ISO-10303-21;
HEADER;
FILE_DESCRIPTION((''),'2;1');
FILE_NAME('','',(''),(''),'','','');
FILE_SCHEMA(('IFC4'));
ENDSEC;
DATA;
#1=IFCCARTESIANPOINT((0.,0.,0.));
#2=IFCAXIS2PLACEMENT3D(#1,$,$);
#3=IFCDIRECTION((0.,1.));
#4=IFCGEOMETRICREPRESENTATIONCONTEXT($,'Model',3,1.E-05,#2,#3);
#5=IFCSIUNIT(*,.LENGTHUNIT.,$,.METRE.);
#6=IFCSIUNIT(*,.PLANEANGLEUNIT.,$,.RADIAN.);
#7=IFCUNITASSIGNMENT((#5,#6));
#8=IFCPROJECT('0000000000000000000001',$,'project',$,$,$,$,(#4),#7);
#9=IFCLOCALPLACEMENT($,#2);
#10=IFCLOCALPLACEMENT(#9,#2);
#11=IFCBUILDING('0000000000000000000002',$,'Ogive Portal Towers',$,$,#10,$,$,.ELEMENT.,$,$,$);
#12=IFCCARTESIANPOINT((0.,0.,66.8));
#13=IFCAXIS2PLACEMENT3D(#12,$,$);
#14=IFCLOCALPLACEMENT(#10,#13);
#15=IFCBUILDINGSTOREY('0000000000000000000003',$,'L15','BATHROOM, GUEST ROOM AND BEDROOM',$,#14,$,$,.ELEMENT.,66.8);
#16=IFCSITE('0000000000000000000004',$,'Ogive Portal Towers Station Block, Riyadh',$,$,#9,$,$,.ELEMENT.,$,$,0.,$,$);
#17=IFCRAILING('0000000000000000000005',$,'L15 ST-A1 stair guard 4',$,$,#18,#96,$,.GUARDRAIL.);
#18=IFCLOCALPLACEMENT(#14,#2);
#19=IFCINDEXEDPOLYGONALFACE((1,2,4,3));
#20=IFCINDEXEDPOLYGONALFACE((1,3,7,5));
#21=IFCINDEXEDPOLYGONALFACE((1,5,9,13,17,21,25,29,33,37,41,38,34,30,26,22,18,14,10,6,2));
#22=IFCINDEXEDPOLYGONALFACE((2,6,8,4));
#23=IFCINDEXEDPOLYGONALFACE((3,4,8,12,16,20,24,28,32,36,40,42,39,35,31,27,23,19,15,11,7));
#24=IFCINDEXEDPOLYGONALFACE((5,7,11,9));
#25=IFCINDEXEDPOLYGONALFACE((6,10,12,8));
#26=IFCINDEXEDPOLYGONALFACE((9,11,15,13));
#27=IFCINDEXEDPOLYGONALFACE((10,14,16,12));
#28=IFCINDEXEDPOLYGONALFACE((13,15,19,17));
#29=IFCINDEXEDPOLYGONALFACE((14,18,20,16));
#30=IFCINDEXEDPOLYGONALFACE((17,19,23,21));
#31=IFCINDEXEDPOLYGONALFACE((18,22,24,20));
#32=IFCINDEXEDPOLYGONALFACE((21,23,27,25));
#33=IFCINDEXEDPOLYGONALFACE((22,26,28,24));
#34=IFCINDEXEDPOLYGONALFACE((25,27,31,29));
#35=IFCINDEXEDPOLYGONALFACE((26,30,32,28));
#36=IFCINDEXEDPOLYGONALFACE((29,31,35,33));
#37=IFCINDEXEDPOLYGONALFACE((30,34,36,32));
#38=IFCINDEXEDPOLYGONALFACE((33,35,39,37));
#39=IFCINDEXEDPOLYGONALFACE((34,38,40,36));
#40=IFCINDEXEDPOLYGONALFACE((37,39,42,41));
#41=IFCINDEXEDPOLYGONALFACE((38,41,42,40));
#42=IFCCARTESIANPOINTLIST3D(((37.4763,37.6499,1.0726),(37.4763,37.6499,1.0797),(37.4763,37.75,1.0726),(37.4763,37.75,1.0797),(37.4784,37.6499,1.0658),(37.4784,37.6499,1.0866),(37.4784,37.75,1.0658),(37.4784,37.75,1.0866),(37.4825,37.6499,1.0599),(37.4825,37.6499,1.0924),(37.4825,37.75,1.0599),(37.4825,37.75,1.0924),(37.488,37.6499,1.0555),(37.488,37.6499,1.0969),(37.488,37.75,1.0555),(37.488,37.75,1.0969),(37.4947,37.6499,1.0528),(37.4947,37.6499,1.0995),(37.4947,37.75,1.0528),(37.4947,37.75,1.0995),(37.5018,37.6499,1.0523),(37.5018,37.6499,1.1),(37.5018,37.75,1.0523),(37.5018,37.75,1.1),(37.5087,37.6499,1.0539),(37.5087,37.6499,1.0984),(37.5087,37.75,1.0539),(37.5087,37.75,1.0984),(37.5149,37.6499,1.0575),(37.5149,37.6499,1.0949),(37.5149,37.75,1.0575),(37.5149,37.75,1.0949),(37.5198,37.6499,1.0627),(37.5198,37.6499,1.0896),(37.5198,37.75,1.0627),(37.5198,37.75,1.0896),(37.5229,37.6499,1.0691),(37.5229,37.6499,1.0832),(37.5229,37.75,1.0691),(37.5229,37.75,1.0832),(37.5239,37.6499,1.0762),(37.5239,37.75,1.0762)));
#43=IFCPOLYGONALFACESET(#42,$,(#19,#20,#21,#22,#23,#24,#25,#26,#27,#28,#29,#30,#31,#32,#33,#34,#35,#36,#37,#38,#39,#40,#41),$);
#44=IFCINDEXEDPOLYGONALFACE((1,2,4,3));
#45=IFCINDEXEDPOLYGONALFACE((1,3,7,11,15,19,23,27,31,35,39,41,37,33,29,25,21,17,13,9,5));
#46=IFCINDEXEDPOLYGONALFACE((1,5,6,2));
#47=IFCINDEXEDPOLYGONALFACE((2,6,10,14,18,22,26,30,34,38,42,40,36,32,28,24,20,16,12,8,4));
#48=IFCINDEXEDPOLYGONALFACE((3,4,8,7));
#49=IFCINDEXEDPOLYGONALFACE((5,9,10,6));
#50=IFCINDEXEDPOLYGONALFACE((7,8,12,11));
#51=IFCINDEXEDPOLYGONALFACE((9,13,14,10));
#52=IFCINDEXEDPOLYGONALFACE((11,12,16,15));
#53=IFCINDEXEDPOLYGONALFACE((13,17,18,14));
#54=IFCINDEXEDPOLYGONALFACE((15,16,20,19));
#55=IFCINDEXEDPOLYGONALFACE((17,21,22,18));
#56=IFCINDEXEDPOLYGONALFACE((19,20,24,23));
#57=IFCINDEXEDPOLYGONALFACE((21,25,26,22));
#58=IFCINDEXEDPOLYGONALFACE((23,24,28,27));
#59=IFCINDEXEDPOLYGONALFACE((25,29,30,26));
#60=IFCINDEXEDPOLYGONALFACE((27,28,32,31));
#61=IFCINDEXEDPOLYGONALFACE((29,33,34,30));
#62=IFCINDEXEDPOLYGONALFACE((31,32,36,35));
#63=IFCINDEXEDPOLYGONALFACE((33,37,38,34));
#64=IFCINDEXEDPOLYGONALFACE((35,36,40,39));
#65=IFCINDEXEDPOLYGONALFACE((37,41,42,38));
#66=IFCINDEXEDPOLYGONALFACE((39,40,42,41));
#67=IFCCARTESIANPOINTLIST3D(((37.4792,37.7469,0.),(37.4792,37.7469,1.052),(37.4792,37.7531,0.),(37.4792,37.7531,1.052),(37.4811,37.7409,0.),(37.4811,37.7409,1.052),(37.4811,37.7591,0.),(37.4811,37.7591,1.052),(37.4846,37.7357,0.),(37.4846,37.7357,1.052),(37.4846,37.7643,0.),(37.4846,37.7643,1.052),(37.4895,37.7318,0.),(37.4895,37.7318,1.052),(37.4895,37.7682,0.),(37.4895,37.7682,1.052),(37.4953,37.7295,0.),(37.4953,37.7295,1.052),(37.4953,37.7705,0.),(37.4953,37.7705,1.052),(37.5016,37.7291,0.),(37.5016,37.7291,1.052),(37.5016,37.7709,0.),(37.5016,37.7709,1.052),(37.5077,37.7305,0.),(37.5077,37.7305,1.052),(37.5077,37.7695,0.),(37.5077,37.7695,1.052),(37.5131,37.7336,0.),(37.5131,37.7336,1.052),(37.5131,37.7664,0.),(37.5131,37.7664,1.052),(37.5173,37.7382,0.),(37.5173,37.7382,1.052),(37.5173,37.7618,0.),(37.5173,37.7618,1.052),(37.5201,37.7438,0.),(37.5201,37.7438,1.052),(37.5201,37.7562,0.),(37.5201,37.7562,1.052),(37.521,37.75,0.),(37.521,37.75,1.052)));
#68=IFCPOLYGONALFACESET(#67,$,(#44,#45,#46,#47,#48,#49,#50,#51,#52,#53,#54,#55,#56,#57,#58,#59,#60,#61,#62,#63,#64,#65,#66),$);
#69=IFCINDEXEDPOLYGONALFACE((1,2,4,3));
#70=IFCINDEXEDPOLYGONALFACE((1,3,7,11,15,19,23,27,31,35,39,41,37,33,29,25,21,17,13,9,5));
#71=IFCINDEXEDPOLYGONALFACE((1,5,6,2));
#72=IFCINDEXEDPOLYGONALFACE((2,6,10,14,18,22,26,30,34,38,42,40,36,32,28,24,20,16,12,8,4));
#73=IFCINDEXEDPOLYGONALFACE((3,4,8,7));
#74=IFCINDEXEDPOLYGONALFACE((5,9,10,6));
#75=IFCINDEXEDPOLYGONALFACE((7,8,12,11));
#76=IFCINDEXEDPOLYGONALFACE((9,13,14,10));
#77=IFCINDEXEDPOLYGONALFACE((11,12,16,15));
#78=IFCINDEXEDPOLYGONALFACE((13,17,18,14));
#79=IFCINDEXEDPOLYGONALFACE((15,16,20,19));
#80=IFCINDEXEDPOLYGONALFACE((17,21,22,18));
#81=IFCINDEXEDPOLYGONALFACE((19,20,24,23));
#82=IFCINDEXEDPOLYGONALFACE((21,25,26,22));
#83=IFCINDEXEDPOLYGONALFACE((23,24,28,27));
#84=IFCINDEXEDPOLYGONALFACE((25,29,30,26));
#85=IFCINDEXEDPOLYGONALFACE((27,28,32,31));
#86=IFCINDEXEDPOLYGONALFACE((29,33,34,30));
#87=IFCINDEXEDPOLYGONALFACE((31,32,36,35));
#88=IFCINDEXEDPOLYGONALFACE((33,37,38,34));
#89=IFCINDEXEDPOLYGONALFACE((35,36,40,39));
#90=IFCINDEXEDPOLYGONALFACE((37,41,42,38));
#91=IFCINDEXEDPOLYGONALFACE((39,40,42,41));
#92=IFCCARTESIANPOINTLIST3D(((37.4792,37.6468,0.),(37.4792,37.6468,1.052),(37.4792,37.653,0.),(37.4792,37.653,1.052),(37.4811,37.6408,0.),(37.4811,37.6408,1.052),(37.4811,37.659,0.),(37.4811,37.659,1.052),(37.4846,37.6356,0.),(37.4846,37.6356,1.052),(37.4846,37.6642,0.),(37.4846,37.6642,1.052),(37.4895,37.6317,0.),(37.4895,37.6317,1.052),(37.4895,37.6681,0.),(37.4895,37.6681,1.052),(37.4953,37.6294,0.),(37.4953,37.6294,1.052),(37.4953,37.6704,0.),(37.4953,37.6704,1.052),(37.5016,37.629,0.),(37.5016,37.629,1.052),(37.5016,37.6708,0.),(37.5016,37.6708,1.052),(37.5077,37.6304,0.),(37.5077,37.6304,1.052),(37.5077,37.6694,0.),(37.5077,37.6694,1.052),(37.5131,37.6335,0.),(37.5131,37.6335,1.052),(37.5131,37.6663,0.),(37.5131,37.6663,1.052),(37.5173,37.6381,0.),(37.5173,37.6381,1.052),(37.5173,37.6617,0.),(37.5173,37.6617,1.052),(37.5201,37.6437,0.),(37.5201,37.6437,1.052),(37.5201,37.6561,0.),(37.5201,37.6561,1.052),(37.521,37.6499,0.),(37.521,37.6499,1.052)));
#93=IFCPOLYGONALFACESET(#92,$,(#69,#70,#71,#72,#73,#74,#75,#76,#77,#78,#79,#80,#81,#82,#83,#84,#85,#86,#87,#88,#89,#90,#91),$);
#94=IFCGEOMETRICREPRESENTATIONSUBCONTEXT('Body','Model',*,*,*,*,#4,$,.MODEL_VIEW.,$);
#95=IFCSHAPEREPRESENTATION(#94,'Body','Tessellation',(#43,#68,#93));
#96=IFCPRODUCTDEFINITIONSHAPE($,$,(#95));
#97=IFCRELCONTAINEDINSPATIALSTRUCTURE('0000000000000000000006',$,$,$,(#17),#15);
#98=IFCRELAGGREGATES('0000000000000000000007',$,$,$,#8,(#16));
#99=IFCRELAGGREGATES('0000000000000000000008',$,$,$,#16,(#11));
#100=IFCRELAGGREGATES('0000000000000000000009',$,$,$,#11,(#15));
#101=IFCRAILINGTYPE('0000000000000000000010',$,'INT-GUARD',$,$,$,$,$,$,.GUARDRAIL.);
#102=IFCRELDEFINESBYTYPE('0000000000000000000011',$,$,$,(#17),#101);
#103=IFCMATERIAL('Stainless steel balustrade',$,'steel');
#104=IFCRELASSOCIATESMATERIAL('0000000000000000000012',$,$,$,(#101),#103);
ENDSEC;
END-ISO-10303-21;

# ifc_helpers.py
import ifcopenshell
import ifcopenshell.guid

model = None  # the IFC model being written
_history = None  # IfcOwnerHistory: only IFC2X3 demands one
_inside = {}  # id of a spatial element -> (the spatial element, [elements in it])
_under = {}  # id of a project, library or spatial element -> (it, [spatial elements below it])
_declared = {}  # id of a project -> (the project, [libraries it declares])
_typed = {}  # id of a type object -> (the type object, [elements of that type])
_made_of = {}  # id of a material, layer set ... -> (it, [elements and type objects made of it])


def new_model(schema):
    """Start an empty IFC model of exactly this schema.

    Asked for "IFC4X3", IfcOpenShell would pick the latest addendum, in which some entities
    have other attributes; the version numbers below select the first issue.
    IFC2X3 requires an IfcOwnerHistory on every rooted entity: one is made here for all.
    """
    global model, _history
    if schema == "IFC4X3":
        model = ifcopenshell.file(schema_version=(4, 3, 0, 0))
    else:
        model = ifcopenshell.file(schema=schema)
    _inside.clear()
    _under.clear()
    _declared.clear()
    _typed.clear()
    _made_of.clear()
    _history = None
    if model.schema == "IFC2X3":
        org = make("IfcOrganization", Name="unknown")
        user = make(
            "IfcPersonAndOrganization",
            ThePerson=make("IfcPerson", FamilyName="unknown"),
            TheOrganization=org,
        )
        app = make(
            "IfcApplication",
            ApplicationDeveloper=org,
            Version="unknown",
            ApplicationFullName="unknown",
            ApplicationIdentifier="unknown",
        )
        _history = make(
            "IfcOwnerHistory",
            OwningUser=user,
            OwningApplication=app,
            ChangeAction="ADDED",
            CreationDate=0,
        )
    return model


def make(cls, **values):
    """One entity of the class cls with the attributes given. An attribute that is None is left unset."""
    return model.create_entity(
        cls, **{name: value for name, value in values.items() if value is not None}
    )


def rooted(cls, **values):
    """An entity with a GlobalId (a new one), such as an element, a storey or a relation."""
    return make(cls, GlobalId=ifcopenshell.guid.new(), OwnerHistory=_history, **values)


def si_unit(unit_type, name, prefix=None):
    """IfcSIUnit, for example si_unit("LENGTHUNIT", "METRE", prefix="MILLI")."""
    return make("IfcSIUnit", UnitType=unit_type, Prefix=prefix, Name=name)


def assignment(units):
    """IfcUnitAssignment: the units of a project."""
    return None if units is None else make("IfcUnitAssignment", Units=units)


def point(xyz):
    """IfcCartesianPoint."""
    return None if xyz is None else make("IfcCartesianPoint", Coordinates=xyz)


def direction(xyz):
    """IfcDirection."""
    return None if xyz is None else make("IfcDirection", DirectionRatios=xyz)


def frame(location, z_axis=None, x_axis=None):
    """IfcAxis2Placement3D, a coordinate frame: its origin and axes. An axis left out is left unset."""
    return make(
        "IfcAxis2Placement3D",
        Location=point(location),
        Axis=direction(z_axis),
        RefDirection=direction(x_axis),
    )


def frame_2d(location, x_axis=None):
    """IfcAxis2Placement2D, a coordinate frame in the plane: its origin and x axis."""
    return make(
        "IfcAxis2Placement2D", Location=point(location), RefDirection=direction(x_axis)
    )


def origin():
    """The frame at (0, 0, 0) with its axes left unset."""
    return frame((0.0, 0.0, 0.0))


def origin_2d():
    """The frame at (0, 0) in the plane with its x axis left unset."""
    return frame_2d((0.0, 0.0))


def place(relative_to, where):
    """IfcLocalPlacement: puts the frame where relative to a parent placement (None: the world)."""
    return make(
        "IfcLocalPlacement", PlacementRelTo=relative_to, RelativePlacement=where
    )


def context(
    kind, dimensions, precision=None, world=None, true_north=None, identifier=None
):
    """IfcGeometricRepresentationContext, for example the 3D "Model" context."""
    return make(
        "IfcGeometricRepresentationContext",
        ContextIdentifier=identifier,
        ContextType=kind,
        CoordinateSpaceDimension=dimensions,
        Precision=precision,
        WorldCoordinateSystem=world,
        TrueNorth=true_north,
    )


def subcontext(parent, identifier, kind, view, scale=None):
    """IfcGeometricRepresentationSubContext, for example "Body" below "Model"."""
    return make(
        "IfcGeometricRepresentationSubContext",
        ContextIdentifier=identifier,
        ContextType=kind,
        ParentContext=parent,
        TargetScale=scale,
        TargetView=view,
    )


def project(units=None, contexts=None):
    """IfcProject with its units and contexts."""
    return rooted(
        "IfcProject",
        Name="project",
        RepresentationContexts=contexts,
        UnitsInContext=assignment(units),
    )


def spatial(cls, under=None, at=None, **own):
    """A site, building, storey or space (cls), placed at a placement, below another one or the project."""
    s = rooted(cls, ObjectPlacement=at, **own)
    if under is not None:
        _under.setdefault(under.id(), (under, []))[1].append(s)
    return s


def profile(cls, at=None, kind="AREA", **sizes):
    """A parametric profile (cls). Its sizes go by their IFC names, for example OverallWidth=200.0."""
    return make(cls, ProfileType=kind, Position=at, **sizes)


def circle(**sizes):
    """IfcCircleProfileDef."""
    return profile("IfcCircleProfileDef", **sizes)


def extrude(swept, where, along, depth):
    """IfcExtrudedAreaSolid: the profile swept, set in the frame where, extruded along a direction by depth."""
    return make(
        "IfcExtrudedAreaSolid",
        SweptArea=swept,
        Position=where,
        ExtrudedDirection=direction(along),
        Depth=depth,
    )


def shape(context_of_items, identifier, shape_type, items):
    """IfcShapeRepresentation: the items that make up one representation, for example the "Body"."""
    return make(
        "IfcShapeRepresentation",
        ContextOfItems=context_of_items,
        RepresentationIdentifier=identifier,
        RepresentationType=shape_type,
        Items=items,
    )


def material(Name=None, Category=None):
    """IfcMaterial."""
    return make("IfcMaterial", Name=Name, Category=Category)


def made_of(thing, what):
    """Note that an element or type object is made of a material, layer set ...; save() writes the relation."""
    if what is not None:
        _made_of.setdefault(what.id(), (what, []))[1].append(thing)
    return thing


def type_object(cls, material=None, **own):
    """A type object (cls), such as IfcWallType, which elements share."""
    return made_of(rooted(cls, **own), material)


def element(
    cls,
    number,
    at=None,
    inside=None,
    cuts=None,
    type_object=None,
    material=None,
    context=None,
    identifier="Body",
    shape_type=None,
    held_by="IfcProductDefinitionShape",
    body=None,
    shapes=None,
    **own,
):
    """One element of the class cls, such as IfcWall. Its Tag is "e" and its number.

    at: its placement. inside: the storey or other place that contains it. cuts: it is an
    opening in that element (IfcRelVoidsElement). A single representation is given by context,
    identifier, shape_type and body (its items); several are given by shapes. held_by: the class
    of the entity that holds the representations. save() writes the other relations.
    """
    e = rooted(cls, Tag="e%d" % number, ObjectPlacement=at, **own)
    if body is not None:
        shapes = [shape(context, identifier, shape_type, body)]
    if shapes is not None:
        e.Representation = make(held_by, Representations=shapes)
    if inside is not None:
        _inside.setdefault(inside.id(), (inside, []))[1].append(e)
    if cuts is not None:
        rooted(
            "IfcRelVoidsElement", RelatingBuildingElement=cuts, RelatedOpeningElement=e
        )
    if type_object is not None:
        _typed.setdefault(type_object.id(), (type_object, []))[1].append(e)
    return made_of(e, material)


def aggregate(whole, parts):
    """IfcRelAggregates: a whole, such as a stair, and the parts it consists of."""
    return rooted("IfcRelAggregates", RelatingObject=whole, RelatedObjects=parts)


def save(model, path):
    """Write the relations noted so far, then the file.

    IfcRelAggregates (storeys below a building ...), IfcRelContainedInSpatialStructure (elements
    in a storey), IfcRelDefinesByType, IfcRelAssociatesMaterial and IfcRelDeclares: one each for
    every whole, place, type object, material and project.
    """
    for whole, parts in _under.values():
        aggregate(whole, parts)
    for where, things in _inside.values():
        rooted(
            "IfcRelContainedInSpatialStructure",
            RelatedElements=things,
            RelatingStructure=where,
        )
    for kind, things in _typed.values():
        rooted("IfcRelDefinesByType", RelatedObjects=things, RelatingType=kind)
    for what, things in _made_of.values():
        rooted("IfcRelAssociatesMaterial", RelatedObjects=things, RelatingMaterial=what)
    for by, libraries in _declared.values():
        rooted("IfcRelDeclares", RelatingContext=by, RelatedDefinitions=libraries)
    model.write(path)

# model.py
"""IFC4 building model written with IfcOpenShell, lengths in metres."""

from ifc_helpers import new_model, si_unit, direction, frame, origin, origin_2d, place, context, subcontext, project, spatial, circle, extrude, material, type_object, element, save


model = new_model("IFC4")

# Units and contexts
model_context = context("Model", 3, precision=1e-05, world=origin(), true_north=direction((0.0, 1.0)))
body_context = subcontext(model_context, "Body", "Model", "MODEL_VIEW")
ifc_project = project(units=[si_unit("LENGTHUNIT", "METRE"), si_unit("PLANEANGLEUNIT", "RADIAN")], contexts=[model_context])

# Site, building, storey
site_placement = place(None, origin())
site = spatial("IfcSite", under=ifc_project, at=site_placement, Name="Ogive Portal Towers Station Block, Riyadh", CompositionType="ELEMENT", RefElevation=0.0)
building_placement = place(site_placement, origin())
building = spatial("IfcBuilding", under=site, at=building_placement, Name="Ogive Portal Towers", CompositionType="ELEMENT")
storey_placement = place(building_placement, frame((0.0, 0.0, 66.8)))
storey = spatial("IfcBuildingStorey", under=building, at=storey_placement, Name="L15", Description="BATHROOM, GUEST ROOM AND BEDROOM", CompositionType="ELEMENT", Elevation=66.8)

# Railing
ifc_material_1 = material(Name="Stainless steel balustrade", Category="steel")
railing_type_1 = type_object("IfcRailingType", Name="INT-GUARD", PredefinedType="GUARDRAIL", material=ifc_material_1)
railing_1_placement = place(storey_placement, frame((37.5, 37.75, 0.0)))
element("IfcRailing", 1, at=railing_1_placement, inside=storey, type_object=railing_type_1, Name="L15 ST-A1 stair guard 4", PredefinedType="GUARDRAIL", context=body_context, shape_type="SweptSolid", body=[
    extrude(circle(Radius=0.0239, at=origin_2d()), frame((0.0, 0.0, 1.0762), z_axis=(0.0, -1.0, 0.0), x_axis=(1.0, 0.0, 0.0)), (0.0, 0.0, 1.0), 0.1001),
    extrude(circle(Radius=0.021, at=origin_2d()), origin(), (0.0, 0.0, 1.0), 1.052),
    extrude(circle(Radius=0.021, at=origin_2d()), frame((0.0, -0.1001, 0.0)), (0.0, 0.0, 1.0), 1.052),
])

save(model, "model.ifc")
